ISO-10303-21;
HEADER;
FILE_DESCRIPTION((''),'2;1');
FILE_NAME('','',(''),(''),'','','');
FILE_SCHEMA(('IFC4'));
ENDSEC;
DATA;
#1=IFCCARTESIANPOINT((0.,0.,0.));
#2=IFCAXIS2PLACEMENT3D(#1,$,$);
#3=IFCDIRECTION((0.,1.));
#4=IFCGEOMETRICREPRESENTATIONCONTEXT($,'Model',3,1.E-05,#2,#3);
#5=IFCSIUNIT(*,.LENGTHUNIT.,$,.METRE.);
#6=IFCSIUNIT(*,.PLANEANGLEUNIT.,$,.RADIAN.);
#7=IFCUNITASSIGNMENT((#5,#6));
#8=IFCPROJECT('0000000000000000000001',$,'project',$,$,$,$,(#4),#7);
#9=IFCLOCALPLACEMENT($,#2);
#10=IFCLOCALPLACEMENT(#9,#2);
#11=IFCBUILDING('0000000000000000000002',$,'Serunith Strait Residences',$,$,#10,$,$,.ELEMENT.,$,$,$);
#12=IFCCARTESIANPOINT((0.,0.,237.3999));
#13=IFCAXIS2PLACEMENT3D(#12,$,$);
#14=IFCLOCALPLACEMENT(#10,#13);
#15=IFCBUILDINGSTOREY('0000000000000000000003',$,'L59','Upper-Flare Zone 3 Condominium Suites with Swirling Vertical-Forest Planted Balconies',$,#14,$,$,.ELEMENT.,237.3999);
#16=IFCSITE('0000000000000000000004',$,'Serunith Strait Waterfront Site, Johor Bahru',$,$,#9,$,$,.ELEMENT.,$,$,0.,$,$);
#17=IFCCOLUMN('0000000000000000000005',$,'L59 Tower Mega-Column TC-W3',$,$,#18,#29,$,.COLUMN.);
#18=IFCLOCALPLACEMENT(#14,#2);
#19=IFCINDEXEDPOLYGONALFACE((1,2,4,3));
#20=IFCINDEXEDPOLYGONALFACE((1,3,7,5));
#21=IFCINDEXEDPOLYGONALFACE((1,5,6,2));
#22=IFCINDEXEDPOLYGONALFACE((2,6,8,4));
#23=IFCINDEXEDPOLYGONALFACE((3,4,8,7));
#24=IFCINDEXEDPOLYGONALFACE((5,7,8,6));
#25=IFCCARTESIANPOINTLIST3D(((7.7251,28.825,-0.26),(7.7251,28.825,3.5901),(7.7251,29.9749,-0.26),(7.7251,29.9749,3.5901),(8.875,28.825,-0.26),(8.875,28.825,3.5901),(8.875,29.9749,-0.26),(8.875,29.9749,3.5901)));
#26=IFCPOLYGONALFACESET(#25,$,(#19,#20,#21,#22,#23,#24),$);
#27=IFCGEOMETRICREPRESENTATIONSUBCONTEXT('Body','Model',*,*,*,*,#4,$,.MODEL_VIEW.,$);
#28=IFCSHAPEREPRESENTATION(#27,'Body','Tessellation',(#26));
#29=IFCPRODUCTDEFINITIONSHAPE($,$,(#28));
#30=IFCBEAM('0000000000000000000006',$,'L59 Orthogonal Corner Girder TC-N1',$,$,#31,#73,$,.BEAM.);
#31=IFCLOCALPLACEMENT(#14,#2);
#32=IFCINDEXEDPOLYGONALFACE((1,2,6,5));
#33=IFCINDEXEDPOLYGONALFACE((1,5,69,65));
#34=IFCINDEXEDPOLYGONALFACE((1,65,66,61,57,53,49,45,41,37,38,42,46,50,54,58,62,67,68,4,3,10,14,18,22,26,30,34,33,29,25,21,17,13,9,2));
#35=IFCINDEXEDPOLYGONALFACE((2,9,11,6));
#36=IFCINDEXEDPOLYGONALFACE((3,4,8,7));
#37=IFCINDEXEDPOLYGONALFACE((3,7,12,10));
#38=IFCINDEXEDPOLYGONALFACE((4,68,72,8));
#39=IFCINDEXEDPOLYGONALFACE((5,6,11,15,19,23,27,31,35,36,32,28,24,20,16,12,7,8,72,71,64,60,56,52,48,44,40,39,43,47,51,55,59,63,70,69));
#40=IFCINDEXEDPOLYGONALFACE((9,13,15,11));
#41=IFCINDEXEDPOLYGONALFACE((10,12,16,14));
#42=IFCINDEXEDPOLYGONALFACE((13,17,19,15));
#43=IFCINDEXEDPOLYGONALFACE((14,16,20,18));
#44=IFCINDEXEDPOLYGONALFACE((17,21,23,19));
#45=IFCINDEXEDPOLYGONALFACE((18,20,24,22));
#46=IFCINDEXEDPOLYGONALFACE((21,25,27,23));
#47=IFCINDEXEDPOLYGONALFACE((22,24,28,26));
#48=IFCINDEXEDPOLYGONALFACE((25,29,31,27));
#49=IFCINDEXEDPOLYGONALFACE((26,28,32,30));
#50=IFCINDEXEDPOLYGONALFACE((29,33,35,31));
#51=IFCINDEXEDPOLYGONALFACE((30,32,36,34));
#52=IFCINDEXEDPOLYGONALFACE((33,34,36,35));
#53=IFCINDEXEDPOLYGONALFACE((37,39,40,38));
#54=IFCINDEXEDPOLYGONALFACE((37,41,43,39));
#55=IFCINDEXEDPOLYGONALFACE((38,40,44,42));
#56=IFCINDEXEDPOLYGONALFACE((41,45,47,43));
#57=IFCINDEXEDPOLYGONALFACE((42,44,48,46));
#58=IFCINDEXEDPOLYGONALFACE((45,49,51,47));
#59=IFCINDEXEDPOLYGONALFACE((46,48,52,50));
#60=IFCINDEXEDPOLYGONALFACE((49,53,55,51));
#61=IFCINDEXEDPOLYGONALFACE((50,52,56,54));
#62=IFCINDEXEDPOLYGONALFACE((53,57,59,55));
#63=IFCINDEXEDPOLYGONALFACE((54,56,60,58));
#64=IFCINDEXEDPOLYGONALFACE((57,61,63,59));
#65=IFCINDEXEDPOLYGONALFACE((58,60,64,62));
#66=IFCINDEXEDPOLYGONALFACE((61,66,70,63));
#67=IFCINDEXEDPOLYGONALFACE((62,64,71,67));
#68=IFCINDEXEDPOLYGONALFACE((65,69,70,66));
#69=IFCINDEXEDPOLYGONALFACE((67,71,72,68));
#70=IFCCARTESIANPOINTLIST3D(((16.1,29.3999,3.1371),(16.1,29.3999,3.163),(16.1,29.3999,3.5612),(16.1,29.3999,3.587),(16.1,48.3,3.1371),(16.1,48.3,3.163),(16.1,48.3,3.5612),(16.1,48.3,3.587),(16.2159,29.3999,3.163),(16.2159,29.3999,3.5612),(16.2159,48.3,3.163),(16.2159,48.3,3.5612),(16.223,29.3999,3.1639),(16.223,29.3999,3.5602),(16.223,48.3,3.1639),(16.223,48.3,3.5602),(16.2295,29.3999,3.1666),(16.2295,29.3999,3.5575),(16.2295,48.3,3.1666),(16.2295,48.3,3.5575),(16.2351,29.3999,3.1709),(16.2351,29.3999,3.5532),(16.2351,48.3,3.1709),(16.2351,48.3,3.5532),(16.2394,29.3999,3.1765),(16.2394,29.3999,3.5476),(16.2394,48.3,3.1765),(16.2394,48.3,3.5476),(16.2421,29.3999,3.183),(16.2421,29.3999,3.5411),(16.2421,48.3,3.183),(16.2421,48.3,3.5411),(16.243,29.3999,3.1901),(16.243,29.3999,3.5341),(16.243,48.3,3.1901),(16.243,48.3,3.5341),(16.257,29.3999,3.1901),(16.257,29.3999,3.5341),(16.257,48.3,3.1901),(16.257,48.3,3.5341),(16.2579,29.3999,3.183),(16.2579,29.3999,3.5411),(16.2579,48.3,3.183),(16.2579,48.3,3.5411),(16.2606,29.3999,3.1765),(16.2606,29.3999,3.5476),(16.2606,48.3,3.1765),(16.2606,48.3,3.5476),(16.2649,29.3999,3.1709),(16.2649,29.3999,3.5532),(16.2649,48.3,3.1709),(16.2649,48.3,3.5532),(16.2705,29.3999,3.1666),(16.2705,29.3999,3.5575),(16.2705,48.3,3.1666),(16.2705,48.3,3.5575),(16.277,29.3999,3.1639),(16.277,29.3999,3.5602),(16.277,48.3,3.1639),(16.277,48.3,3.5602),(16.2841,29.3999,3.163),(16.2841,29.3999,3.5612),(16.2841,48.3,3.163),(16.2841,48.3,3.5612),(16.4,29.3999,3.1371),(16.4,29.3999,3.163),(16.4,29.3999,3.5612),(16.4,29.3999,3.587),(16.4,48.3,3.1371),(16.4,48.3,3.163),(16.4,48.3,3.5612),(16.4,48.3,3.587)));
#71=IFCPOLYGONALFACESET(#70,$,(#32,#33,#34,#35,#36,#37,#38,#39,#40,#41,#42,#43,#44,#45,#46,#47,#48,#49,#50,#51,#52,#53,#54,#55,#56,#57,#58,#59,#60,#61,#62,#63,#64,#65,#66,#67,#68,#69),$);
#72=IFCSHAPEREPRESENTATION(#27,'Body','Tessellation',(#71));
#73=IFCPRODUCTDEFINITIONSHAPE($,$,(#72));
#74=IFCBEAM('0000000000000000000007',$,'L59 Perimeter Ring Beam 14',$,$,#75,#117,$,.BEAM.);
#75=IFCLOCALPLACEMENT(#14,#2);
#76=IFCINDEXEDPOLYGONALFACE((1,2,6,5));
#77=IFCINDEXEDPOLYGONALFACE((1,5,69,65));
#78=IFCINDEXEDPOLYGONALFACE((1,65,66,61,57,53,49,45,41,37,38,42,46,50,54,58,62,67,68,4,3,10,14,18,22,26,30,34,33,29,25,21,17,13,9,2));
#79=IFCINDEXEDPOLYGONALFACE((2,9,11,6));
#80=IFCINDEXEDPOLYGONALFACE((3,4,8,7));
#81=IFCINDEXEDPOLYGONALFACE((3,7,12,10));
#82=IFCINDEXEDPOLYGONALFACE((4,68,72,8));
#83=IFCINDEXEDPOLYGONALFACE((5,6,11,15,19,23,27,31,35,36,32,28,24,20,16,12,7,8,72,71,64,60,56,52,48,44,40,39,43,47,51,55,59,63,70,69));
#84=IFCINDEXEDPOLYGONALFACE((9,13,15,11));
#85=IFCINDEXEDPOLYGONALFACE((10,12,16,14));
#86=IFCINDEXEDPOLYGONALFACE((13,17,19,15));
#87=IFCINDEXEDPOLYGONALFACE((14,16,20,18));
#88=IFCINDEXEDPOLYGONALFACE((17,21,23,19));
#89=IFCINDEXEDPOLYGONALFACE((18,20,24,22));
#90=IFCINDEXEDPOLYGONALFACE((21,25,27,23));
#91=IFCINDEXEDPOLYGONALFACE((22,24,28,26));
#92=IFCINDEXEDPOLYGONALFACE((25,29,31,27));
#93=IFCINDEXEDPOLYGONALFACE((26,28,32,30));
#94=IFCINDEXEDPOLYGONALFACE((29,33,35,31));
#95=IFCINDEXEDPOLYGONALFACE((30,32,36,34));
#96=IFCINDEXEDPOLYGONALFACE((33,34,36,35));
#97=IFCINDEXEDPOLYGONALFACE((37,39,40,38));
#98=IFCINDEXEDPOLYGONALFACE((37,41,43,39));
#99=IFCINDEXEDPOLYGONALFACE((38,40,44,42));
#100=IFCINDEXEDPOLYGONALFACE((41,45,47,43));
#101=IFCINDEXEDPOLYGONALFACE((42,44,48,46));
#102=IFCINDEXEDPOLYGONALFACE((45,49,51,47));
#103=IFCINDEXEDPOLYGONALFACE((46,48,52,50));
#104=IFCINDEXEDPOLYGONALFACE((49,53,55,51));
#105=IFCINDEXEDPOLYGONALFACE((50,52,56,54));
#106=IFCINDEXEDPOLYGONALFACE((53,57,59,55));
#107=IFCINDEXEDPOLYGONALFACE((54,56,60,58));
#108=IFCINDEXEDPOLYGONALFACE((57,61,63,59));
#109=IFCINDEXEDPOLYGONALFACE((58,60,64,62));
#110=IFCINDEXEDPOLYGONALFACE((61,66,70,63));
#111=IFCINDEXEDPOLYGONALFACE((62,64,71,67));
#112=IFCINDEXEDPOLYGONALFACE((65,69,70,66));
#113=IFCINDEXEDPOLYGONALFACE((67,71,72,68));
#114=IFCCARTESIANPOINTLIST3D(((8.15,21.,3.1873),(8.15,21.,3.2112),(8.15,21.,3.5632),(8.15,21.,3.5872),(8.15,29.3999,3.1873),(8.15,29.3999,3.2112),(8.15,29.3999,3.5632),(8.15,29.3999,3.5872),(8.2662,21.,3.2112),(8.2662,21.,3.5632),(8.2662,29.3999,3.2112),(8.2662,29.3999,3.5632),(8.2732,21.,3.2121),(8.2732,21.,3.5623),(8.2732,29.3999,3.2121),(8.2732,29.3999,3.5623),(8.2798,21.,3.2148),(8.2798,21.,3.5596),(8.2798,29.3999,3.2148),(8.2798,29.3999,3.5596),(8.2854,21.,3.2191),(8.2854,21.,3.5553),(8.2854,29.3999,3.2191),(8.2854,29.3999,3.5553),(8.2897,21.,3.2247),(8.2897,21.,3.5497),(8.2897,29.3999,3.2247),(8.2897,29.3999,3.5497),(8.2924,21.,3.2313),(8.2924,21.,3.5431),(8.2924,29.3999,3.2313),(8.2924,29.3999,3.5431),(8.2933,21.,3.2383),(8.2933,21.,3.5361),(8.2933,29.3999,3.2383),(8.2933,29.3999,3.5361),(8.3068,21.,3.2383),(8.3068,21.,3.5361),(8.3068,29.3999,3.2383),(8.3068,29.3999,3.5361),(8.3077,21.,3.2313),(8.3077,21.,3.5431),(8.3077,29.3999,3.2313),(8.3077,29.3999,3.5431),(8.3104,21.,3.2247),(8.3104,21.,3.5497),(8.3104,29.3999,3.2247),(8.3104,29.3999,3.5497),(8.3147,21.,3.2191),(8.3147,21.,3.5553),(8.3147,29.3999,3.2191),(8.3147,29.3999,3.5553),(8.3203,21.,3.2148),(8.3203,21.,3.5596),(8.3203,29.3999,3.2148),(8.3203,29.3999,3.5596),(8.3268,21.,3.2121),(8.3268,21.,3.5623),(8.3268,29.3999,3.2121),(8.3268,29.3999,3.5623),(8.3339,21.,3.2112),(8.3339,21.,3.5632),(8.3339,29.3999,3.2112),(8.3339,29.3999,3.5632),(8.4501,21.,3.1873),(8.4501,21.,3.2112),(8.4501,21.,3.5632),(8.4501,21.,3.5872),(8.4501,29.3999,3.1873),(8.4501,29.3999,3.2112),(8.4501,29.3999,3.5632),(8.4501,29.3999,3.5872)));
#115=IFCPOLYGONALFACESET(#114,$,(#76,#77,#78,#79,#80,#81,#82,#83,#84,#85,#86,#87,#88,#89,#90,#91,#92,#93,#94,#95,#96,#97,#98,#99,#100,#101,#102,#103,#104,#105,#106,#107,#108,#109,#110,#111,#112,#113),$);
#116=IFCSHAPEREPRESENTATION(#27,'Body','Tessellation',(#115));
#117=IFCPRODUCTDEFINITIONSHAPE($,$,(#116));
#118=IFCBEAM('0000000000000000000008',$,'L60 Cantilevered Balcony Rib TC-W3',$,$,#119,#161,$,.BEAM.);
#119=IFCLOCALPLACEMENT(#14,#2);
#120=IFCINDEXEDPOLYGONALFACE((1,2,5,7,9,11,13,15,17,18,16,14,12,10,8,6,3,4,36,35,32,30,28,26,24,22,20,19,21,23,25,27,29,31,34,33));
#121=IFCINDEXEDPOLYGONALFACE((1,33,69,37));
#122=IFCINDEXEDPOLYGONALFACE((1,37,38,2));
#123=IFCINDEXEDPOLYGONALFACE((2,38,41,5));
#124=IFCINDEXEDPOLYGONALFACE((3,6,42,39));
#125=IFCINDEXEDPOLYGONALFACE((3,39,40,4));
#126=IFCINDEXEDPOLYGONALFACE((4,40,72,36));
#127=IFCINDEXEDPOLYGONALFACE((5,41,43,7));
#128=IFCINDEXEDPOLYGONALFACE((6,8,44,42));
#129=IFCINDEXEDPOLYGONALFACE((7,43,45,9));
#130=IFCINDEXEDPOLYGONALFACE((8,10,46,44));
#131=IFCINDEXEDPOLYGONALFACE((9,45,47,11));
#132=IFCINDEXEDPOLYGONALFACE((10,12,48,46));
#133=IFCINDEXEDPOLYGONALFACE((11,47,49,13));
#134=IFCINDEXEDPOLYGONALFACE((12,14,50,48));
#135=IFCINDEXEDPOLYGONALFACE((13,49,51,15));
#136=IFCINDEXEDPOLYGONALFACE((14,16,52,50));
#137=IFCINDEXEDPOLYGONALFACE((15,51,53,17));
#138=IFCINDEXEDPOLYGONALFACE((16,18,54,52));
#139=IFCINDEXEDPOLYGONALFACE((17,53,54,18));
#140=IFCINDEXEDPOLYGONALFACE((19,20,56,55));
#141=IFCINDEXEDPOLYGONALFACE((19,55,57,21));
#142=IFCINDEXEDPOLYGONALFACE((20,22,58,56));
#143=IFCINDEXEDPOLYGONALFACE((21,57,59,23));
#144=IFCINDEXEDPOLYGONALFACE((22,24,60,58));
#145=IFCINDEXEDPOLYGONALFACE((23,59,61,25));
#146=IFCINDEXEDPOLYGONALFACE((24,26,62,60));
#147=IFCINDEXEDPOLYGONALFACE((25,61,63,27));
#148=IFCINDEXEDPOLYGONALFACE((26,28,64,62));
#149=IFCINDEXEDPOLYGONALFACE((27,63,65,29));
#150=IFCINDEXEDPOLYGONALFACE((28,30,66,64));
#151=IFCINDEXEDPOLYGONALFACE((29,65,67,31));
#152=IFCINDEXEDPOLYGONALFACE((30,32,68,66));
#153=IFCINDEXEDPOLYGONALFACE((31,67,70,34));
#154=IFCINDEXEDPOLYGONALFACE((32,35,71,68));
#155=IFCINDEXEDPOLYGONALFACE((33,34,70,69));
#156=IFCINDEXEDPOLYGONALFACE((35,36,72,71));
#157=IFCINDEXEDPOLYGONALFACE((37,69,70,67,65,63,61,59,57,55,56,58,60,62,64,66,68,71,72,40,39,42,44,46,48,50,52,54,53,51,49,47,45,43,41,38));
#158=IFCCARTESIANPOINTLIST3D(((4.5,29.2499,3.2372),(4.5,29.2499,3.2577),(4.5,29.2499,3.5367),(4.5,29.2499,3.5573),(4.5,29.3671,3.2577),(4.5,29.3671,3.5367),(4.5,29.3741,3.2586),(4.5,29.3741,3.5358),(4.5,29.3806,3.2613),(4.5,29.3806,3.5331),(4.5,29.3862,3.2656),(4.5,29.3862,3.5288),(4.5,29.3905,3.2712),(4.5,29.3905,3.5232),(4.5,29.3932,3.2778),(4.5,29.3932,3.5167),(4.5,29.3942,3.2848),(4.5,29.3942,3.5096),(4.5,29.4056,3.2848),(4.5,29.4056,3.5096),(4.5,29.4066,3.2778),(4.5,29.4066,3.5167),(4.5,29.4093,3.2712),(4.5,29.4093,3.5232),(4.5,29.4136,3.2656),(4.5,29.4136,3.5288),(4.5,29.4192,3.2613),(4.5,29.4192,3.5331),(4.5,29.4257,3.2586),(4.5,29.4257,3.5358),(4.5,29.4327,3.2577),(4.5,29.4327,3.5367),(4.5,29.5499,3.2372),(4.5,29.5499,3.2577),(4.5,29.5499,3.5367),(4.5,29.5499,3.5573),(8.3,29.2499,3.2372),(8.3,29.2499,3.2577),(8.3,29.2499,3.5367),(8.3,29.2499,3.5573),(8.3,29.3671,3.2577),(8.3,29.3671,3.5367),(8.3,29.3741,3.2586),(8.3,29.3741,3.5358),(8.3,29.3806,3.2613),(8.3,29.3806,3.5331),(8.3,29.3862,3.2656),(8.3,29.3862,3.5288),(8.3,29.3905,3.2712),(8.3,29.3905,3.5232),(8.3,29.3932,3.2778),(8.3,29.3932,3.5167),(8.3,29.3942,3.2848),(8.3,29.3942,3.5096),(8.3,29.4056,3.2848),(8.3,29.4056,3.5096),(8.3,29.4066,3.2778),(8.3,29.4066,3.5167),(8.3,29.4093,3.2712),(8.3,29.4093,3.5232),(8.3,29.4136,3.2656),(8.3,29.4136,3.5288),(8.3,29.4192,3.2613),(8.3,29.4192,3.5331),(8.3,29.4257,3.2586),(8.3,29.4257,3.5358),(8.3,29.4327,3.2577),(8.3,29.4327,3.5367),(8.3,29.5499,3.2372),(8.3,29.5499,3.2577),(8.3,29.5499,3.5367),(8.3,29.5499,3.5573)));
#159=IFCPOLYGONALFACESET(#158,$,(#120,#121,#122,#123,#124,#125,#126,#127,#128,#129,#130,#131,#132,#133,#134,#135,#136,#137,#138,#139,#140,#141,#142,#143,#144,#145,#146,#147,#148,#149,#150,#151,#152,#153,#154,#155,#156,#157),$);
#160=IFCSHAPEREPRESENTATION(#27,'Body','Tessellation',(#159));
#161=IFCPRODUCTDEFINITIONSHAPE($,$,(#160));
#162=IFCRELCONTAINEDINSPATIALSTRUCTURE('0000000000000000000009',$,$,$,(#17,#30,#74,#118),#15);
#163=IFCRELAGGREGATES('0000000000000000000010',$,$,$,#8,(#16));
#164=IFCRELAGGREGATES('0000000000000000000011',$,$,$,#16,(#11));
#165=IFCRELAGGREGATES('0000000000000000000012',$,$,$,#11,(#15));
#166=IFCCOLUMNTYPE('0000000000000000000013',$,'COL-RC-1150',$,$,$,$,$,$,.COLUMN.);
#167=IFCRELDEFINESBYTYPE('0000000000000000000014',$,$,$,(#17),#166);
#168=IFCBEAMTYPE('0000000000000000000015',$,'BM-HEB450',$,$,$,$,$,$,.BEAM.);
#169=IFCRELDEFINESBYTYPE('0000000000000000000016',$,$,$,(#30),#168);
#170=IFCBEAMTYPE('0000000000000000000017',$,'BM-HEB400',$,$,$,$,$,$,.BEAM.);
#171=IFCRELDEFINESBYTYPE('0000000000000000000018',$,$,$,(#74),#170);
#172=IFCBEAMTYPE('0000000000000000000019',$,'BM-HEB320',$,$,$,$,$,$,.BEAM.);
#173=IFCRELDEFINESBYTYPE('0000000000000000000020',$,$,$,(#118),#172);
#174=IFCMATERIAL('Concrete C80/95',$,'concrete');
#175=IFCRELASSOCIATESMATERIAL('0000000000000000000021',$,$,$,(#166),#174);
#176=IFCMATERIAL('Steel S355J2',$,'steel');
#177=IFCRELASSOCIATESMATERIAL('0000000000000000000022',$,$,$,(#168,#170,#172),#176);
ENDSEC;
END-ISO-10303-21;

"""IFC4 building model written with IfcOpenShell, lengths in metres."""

from ifc_helpers import new_model, si_unit, direction, frame, origin, origin_2d, place, context, subcontext, project, spatial, rectangle, i_section, extrude, source, transform, mapped, material, material_profile, profile_set, type_object, element, save


model = new_model("IFC4")

# Units and contexts
model_context = context("Model", 3, precision=1e-05, world=origin(), true_north=direction((0.0, 1.0)))
body_context = subcontext(model_context, "Body", "Model", "MODEL_VIEW")
ifc_project = project(units=[si_unit("LENGTHUNIT", "METRE"), si_unit("PLANEANGLEUNIT", "RADIAN")], contexts=[model_context])

# Site, building, storey
site_placement = place(None, origin())
site = spatial("IfcSite", under=ifc_project, at=site_placement, Name="Serunith Strait Waterfront Site, Johor Bahru", CompositionType="ELEMENT", RefElevation=0.0)
building_placement = place(site_placement, origin())
building = spatial("IfcBuilding", under=site, at=building_placement, Name="Serunith Strait Residences", CompositionType="ELEMENT")
storey_placement = place(building_placement, frame((0.0, 0.0, 237.3999)))
storey = spatial("IfcBuildingStorey", under=building, at=storey_placement, Name="L59", Description="Upper-Flare Zone 3 Condominium Suites with Swirling Vertical-Forest Planted Balconies", CompositionType="ELEMENT", Elevation=237.3999)

# Column
ifc_material_1 = material(Name="Concrete C80/95", Category="concrete")
ifc_material_profile_1 = material_profile(ifc_material_1, rectangle(XDim=1.1499, YDim=1.1499, at=origin_2d()), Name="RC 1150x1150")
ifc_profile_set_1 = profile_set([ifc_material_profile_1], Name="Concrete C80/95")
column_type = type_object("IfcColumnType", Name="COL-RC-1150", PredefinedType="COLUMN", material=ifc_profile_set_1)
shared_shape_1 = source(origin(), body_context, "Body", "SweptSolid", [
    extrude(rectangle(XDim=1.1499, YDim=1.1499, at=origin_2d()), origin(), (0.0, 0.0, 1.0), 3.8501),
])
column_placement = place(storey_placement, frame((8.3, 29.3999, -0.26), z_axis=(0.0, 0.0, 1.0), x_axis=(1.0, 0.0, 0.0)))
element("IfcColumn", 1, at=column_placement, inside=storey, type_object=column_type, Name="L59 Tower Mega-Column TC-W3", PredefinedType="COLUMN", context=body_context, shape_type="MappedRepresentation", body=[
    mapped(shared_shape_1, transform((0.0, 0.0, 0.0), scale=1.0)),
])

# Beams
ifc_material_2 = material(Name="Steel S355J2", Category="steel")
ifc_material_profile_2 = material_profile(ifc_material_2, i_section(OverallWidth=0.3, OverallDepth=0.45, WebThickness=0.0139, FlangeThickness=0.0259, FilletRadius=0.0271, at=origin_2d()), Name="HEB 450")
ifc_profile_set_2 = profile_set([ifc_material_profile_2], Name="Steel S355J2")
beam_type_1 = type_object("IfcBeamType", Name="BM-HEB450", PredefinedType="BEAM", material=ifc_profile_set_2)
shared_shape_2 = source(origin(), body_context, "Body", "SweptSolid", [
    extrude(i_section(OverallWidth=0.3, OverallDepth=0.45, WebThickness=0.0139, FlangeThickness=0.0259, FilletRadius=0.0271, at=origin_2d()), origin(), (0.0, 0.0, 1.0), 18.9001),
])
beam_1_placement = place(storey_placement, frame((16.25, 29.3999, 3.3621), z_axis=(0.0, 1.0, 0.0), x_axis=(-1.0, 0.0, 0.0)))
element("IfcBeam", 2, at=beam_1_placement, inside=storey, type_object=beam_type_1, Name="L59 Orthogonal Corner Girder TC-N1", PredefinedType="BEAM", context=body_context, shape_type="MappedRepresentation", body=[
    mapped(shared_shape_2, transform((0.0, 0.0, 0.0), scale=1.0)),
])
ifc_material_profile_3 = material_profile(ifc_material_2, i_section(OverallWidth=0.3, OverallDepth=0.3999, WebThickness=0.0134, FlangeThickness=0.0239, FilletRadius=0.0271, at=origin_2d()), Name="HEB 400")
ifc_profile_set_3 = profile_set([ifc_material_profile_3], Name="Steel S355J2")
beam_type_2 = type_object("IfcBeamType", Name="BM-HEB400", PredefinedType="BEAM", material=ifc_profile_set_3)
shared_shape_3 = source(origin(), body_context, "Body", "SweptSolid", [
    extrude(i_section(OverallWidth=0.3, OverallDepth=0.3999, WebThickness=0.0134, FlangeThickness=0.0239, FilletRadius=0.0271, at=origin_2d()), origin(), (0.0, 0.0, 1.0), 8.3999),
])
beam_2_placement = place(storey_placement, frame((8.3, 29.3999, 3.3872), z_axis=(0.0, -1.0, 0.0), x_axis=(1.0, 0.0, 0.0)))
element("IfcBeam", 3, at=beam_2_placement, inside=storey, type_object=beam_type_2, Name="L59 Perimeter Ring Beam 14", PredefinedType="BEAM", context=body_context, shape_type="MappedRepresentation", body=[
    mapped(shared_shape_3, transform((0.0, 0.0, 0.0), scale=1.0)),
])
ifc_material_profile_4 = material_profile(ifc_material_2, i_section(OverallWidth=0.3, OverallDepth=0.3201, WebThickness=0.0115, FlangeThickness=0.0205, FilletRadius=0.0271, at=origin_2d()), Name="HEB 320")
ifc_profile_set_4 = profile_set([ifc_material_profile_4], Name="Steel S355J2")
beam_type_3 = type_object("IfcBeamType", Name="BM-HEB320", PredefinedType="BEAM", material=ifc_profile_set_4)
shared_shape_4 = source(origin(), body_context, "Body", "SweptSolid", [
    extrude(i_section(OverallWidth=0.3, OverallDepth=0.3201, WebThickness=0.0115, FlangeThickness=0.0205, FilletRadius=0.0271, at=origin_2d()), origin(), (0.0, 0.0, 1.0), 3.8),
])
beam_3_placement = place(storey_placement, frame((8.3, 29.3999, 3.3972), z_axis=(-1.0, 0.0, 0.0), x_axis=(0.0, -1.0, 0.0)))
element("IfcBeam", 4, at=beam_3_placement, inside=storey, type_object=beam_type_3, Name="L60 Cantilevered Balcony Rib TC-W3", PredefinedType="BEAM", context=body_context, shape_type="MappedRepresentation", body=[
    mapped(shared_shape_4, transform((0.0, 0.0, 0.0), scale=1.0)),
])

save(model, "model.ifc")
